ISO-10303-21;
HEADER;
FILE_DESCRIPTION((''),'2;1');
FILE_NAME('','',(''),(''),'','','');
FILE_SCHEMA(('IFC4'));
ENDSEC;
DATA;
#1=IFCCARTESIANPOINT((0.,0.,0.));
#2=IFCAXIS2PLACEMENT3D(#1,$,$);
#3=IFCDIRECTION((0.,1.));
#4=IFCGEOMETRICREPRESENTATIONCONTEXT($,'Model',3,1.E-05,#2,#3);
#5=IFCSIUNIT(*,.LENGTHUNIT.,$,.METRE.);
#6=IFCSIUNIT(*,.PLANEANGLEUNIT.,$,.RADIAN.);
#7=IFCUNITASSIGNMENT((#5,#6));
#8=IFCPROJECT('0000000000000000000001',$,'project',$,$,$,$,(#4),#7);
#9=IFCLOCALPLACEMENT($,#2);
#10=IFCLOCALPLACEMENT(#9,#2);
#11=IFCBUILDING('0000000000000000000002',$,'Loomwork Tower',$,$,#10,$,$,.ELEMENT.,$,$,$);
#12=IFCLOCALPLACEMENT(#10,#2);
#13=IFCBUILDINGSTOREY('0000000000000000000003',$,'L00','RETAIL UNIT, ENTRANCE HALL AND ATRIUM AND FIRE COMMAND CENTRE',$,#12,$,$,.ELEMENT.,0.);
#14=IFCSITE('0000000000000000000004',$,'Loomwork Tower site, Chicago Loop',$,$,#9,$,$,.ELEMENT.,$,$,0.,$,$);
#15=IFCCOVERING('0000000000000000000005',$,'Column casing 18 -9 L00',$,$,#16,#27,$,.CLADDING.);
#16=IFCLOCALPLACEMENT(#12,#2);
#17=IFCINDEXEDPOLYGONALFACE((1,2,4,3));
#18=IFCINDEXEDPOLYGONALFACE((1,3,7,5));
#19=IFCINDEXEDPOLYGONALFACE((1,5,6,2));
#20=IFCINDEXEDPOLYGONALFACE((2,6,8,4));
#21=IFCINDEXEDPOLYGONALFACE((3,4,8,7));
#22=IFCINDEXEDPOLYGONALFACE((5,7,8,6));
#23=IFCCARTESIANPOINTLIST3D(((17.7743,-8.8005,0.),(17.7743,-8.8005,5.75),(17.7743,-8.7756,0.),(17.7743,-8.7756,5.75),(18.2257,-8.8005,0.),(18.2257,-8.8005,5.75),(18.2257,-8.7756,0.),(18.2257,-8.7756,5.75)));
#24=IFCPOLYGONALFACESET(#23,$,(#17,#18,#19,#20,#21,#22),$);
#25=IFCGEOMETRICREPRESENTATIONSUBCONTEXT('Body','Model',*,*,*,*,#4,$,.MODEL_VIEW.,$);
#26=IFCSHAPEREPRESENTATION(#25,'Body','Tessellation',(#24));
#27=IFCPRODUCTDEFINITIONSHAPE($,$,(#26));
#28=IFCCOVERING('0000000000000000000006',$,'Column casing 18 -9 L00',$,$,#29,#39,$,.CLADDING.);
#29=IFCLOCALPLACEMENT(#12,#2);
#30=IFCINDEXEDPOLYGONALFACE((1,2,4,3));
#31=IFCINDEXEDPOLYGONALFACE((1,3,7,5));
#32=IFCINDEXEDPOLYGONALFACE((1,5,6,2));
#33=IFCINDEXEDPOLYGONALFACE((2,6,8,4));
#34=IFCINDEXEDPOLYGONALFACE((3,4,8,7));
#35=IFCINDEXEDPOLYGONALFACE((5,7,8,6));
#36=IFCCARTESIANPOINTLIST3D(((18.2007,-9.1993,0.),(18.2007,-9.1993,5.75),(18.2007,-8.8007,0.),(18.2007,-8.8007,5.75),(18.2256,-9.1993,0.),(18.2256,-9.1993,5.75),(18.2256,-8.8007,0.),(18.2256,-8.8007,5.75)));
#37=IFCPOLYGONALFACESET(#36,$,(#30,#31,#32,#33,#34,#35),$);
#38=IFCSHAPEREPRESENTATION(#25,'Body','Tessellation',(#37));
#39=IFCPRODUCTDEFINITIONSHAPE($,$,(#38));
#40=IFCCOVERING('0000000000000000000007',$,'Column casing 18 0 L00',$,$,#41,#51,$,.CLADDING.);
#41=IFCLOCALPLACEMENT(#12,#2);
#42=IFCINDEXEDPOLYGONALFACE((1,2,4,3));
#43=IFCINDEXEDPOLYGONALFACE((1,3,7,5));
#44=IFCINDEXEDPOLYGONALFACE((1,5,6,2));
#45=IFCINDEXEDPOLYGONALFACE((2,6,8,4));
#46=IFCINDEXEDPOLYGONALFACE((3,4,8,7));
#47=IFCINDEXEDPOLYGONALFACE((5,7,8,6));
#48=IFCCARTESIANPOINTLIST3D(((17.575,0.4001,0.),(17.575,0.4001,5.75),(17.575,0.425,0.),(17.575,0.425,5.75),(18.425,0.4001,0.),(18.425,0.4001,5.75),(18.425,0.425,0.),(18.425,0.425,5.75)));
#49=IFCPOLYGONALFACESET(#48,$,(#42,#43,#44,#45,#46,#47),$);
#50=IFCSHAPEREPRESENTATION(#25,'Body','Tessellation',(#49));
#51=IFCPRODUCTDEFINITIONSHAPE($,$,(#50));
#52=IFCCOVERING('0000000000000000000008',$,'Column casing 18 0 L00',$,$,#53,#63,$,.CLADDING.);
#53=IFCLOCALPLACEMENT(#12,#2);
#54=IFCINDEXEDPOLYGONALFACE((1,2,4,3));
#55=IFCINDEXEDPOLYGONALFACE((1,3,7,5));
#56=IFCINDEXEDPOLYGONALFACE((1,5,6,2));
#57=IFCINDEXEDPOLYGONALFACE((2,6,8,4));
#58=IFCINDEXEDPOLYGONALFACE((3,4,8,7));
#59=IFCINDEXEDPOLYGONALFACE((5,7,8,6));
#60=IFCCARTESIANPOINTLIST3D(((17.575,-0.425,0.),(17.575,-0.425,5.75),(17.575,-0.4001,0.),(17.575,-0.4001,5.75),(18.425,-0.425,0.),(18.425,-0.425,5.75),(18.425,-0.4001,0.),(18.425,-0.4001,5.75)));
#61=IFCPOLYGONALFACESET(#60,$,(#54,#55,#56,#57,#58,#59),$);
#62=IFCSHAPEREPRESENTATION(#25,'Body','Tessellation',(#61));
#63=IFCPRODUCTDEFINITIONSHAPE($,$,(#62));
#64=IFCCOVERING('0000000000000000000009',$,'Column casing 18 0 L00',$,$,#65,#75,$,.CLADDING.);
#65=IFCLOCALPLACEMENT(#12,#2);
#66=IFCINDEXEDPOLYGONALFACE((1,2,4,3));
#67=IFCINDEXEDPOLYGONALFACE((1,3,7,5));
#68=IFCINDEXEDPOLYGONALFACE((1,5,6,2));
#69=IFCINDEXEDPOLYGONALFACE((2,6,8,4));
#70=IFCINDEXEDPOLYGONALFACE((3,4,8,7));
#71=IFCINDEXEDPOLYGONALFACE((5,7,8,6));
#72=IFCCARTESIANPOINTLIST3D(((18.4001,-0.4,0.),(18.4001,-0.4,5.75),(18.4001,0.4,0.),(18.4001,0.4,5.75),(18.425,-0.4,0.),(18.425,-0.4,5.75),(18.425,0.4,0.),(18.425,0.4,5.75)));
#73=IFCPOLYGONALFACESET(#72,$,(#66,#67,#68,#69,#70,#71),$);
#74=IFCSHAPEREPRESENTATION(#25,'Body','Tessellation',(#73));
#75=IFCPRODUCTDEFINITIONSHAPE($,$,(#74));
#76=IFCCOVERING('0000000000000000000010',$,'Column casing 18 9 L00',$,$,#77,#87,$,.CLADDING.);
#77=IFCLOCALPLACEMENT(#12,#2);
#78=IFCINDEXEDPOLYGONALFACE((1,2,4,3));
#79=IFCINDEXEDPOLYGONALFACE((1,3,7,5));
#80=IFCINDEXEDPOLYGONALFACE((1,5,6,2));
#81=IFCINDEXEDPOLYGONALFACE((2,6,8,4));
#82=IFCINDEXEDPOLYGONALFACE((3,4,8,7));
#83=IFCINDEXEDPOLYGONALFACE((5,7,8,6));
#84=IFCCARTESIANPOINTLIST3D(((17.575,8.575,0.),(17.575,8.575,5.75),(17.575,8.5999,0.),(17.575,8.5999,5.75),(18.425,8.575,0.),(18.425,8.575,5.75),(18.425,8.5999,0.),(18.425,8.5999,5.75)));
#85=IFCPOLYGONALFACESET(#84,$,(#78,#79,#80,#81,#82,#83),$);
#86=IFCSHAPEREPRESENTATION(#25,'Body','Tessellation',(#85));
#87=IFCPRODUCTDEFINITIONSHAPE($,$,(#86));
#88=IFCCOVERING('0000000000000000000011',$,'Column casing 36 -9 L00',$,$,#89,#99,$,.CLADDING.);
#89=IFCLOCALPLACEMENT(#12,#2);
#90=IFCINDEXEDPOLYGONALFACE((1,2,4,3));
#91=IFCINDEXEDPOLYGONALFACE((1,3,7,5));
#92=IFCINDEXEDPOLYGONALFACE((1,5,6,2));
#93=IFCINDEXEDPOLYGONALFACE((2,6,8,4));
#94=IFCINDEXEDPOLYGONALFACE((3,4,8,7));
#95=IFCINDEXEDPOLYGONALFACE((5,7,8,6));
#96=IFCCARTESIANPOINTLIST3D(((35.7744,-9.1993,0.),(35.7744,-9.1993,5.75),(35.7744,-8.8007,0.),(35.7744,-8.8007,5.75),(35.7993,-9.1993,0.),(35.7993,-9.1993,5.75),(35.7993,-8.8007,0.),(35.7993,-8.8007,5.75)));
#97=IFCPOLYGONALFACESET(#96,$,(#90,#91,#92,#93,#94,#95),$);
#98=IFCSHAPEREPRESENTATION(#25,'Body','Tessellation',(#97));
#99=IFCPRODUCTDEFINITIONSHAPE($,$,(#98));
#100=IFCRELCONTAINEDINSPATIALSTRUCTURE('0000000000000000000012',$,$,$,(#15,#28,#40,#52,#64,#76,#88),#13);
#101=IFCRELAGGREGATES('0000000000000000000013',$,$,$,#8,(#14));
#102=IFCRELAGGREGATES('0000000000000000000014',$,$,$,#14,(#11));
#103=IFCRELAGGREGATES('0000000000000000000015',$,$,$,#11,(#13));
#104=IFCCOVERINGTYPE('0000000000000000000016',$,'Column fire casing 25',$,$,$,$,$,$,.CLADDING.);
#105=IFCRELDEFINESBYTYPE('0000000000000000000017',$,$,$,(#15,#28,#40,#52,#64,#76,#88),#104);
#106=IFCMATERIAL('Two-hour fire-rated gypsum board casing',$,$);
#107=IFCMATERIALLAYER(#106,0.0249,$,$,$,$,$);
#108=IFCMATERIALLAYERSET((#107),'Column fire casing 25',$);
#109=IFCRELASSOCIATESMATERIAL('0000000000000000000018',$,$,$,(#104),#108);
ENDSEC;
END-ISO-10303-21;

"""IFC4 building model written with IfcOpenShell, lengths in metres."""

from ifc_helpers import new_model, si_unit, direction, frame, origin, origin_2d, place, context, subcontext, project, spatial, rectangle, extrude, material, layer, layer_set, type_object, element, save


model = new_model("IFC4")

# Units and contexts
model_context = context("Model", 3, precision=1e-05, world=origin(), true_north=direction((0.0, 1.0)))
body_context = subcontext(model_context, "Body", "Model", "MODEL_VIEW")
ifc_project = project(units=[si_unit("LENGTHUNIT", "METRE"), si_unit("PLANEANGLEUNIT", "RADIAN")], contexts=[model_context])

# Site, building, storey
site_placement = place(None, origin())
site = spatial("IfcSite", under=ifc_project, at=site_placement, Name="Loomwork Tower site, Chicago Loop", CompositionType="ELEMENT", RefElevation=0.0)
building_placement = place(site_placement, origin())
building = spatial("IfcBuilding", under=site, at=building_placement, Name="Loomwork Tower", CompositionType="ELEMENT")
storey_placement = place(building_placement, origin())
storey = spatial("IfcBuildingStorey", under=building, at=storey_placement, Name="L00", Description="RETAIL UNIT, ENTRANCE HALL AND ATRIUM AND FIRE COMMAND CENTRE", CompositionType="ELEMENT", Elevation=0.0)

# Coverings
ifc_material_1 = material(Name="Two-hour fire-rated gypsum board casing")
ifc_layer_1 = layer(ifc_material_1, 0.0249)
ifc_layer_set_1 = layer_set([ifc_layer_1], Name="Column fire casing 25")
covering_type = type_object("IfcCoveringType", Name="Column fire casing 25", PredefinedType="CLADDING", material=ifc_layer_set_1)
covering_1_placement = place(storey_placement, frame((18.0, -8.7881, 0.0), z_axis=(0.0, 0.0, 1.0), x_axis=(1.0, 0.0, 0.0)))
element("IfcCovering", 1, at=covering_1_placement, inside=storey, type_object=covering_type, Name="Column casing 18 -9 L00", PredefinedType="CLADDING", context=body_context, shape_type="SweptSolid", body=[
    extrude(rectangle(XDim=0.4514, YDim=0.0249, at=origin_2d()), origin(), (0.0, 0.0, 1.0), 5.75),
])
covering_2_placement = place(storey_placement, frame((18.2131, -9.0, 0.0), z_axis=(0.0, 0.0, 1.0), x_axis=(1.0, 0.0, 0.0)))
element("IfcCovering", 2, at=covering_2_placement, inside=storey, type_object=covering_type, Name="Column casing 18 -9 L00", PredefinedType="CLADDING", context=body_context, shape_type="SweptSolid", body=[
    extrude(rectangle(XDim=0.0249, YDim=0.3987, at=origin_2d()), origin(), (0.0, 0.0, 1.0), 5.75),
])
for number, where, z_axis, x_axis, name in (
    (3, (18.0, 0.4126, 0.0), (0.0, 0.0, 1.0), (1.0, 0.0, 0.0), "Column casing 18 0 L00"),
    (4, (18.0, -0.4126, 0.0), (0.0, 0.0, 1.0), (1.0, 0.0, 0.0), "Column casing 18 0 L00"),
):
    element("IfcCovering", number, at=place(storey_placement, frame(where, z_axis=z_axis, x_axis=x_axis)), inside=storey, type_object=covering_type, Name=name, PredefinedType="CLADDING", context=body_context, shape_type="SweptSolid", body=[
        extrude(rectangle(XDim=0.8501, YDim=0.0249, at=origin_2d()), origin(), (0.0, 0.0, 1.0), 5.75),
    ])
covering_3_placement = place(storey_placement, frame((18.4126, 0.0, 0.0), z_axis=(0.0, 0.0, 1.0), x_axis=(1.0, 0.0, 0.0)))
element("IfcCovering", 5, at=covering_3_placement, inside=storey, type_object=covering_type, Name="Column casing 18 0 L00", PredefinedType="CLADDING", context=body_context, shape_type="SweptSolid", body=[
    extrude(rectangle(XDim=0.0249, YDim=0.8, at=origin_2d()), origin(), (0.0, 0.0, 1.0), 5.75),
])
covering_4_placement = place(storey_placement, frame((18.0, 8.5874, 0.0), z_axis=(0.0, 0.0, 1.0), x_axis=(1.0, 0.0, 0.0)))
element("IfcCovering", 6, at=covering_4_placement, inside=storey, type_object=covering_type, Name="Column casing 18 9 L00", PredefinedType="CLADDING", context=body_context, shape_type="SweptSolid", body=[
    extrude(rectangle(XDim=0.8501, YDim=0.0249, at=origin_2d()), origin(), (0.0, 0.0, 1.0), 5.75),
])
covering_5_placement = place(storey_placement, frame((35.7869, -9.0, 0.0), z_axis=(0.0, 0.0, 1.0), x_axis=(1.0, 0.0, 0.0)))
element("IfcCovering", 7, at=covering_5_placement, inside=storey, type_object=covering_type, Name="Column casing 36 -9 L00", PredefinedType="CLADDING", context=body_context, shape_type="SweptSolid", body=[
    extrude(rectangle(XDim=0.0249, YDim=0.3987, at=origin_2d()), origin(), (0.0, 0.0, 1.0), 5.75),
])

save(model, "model.ifc")
